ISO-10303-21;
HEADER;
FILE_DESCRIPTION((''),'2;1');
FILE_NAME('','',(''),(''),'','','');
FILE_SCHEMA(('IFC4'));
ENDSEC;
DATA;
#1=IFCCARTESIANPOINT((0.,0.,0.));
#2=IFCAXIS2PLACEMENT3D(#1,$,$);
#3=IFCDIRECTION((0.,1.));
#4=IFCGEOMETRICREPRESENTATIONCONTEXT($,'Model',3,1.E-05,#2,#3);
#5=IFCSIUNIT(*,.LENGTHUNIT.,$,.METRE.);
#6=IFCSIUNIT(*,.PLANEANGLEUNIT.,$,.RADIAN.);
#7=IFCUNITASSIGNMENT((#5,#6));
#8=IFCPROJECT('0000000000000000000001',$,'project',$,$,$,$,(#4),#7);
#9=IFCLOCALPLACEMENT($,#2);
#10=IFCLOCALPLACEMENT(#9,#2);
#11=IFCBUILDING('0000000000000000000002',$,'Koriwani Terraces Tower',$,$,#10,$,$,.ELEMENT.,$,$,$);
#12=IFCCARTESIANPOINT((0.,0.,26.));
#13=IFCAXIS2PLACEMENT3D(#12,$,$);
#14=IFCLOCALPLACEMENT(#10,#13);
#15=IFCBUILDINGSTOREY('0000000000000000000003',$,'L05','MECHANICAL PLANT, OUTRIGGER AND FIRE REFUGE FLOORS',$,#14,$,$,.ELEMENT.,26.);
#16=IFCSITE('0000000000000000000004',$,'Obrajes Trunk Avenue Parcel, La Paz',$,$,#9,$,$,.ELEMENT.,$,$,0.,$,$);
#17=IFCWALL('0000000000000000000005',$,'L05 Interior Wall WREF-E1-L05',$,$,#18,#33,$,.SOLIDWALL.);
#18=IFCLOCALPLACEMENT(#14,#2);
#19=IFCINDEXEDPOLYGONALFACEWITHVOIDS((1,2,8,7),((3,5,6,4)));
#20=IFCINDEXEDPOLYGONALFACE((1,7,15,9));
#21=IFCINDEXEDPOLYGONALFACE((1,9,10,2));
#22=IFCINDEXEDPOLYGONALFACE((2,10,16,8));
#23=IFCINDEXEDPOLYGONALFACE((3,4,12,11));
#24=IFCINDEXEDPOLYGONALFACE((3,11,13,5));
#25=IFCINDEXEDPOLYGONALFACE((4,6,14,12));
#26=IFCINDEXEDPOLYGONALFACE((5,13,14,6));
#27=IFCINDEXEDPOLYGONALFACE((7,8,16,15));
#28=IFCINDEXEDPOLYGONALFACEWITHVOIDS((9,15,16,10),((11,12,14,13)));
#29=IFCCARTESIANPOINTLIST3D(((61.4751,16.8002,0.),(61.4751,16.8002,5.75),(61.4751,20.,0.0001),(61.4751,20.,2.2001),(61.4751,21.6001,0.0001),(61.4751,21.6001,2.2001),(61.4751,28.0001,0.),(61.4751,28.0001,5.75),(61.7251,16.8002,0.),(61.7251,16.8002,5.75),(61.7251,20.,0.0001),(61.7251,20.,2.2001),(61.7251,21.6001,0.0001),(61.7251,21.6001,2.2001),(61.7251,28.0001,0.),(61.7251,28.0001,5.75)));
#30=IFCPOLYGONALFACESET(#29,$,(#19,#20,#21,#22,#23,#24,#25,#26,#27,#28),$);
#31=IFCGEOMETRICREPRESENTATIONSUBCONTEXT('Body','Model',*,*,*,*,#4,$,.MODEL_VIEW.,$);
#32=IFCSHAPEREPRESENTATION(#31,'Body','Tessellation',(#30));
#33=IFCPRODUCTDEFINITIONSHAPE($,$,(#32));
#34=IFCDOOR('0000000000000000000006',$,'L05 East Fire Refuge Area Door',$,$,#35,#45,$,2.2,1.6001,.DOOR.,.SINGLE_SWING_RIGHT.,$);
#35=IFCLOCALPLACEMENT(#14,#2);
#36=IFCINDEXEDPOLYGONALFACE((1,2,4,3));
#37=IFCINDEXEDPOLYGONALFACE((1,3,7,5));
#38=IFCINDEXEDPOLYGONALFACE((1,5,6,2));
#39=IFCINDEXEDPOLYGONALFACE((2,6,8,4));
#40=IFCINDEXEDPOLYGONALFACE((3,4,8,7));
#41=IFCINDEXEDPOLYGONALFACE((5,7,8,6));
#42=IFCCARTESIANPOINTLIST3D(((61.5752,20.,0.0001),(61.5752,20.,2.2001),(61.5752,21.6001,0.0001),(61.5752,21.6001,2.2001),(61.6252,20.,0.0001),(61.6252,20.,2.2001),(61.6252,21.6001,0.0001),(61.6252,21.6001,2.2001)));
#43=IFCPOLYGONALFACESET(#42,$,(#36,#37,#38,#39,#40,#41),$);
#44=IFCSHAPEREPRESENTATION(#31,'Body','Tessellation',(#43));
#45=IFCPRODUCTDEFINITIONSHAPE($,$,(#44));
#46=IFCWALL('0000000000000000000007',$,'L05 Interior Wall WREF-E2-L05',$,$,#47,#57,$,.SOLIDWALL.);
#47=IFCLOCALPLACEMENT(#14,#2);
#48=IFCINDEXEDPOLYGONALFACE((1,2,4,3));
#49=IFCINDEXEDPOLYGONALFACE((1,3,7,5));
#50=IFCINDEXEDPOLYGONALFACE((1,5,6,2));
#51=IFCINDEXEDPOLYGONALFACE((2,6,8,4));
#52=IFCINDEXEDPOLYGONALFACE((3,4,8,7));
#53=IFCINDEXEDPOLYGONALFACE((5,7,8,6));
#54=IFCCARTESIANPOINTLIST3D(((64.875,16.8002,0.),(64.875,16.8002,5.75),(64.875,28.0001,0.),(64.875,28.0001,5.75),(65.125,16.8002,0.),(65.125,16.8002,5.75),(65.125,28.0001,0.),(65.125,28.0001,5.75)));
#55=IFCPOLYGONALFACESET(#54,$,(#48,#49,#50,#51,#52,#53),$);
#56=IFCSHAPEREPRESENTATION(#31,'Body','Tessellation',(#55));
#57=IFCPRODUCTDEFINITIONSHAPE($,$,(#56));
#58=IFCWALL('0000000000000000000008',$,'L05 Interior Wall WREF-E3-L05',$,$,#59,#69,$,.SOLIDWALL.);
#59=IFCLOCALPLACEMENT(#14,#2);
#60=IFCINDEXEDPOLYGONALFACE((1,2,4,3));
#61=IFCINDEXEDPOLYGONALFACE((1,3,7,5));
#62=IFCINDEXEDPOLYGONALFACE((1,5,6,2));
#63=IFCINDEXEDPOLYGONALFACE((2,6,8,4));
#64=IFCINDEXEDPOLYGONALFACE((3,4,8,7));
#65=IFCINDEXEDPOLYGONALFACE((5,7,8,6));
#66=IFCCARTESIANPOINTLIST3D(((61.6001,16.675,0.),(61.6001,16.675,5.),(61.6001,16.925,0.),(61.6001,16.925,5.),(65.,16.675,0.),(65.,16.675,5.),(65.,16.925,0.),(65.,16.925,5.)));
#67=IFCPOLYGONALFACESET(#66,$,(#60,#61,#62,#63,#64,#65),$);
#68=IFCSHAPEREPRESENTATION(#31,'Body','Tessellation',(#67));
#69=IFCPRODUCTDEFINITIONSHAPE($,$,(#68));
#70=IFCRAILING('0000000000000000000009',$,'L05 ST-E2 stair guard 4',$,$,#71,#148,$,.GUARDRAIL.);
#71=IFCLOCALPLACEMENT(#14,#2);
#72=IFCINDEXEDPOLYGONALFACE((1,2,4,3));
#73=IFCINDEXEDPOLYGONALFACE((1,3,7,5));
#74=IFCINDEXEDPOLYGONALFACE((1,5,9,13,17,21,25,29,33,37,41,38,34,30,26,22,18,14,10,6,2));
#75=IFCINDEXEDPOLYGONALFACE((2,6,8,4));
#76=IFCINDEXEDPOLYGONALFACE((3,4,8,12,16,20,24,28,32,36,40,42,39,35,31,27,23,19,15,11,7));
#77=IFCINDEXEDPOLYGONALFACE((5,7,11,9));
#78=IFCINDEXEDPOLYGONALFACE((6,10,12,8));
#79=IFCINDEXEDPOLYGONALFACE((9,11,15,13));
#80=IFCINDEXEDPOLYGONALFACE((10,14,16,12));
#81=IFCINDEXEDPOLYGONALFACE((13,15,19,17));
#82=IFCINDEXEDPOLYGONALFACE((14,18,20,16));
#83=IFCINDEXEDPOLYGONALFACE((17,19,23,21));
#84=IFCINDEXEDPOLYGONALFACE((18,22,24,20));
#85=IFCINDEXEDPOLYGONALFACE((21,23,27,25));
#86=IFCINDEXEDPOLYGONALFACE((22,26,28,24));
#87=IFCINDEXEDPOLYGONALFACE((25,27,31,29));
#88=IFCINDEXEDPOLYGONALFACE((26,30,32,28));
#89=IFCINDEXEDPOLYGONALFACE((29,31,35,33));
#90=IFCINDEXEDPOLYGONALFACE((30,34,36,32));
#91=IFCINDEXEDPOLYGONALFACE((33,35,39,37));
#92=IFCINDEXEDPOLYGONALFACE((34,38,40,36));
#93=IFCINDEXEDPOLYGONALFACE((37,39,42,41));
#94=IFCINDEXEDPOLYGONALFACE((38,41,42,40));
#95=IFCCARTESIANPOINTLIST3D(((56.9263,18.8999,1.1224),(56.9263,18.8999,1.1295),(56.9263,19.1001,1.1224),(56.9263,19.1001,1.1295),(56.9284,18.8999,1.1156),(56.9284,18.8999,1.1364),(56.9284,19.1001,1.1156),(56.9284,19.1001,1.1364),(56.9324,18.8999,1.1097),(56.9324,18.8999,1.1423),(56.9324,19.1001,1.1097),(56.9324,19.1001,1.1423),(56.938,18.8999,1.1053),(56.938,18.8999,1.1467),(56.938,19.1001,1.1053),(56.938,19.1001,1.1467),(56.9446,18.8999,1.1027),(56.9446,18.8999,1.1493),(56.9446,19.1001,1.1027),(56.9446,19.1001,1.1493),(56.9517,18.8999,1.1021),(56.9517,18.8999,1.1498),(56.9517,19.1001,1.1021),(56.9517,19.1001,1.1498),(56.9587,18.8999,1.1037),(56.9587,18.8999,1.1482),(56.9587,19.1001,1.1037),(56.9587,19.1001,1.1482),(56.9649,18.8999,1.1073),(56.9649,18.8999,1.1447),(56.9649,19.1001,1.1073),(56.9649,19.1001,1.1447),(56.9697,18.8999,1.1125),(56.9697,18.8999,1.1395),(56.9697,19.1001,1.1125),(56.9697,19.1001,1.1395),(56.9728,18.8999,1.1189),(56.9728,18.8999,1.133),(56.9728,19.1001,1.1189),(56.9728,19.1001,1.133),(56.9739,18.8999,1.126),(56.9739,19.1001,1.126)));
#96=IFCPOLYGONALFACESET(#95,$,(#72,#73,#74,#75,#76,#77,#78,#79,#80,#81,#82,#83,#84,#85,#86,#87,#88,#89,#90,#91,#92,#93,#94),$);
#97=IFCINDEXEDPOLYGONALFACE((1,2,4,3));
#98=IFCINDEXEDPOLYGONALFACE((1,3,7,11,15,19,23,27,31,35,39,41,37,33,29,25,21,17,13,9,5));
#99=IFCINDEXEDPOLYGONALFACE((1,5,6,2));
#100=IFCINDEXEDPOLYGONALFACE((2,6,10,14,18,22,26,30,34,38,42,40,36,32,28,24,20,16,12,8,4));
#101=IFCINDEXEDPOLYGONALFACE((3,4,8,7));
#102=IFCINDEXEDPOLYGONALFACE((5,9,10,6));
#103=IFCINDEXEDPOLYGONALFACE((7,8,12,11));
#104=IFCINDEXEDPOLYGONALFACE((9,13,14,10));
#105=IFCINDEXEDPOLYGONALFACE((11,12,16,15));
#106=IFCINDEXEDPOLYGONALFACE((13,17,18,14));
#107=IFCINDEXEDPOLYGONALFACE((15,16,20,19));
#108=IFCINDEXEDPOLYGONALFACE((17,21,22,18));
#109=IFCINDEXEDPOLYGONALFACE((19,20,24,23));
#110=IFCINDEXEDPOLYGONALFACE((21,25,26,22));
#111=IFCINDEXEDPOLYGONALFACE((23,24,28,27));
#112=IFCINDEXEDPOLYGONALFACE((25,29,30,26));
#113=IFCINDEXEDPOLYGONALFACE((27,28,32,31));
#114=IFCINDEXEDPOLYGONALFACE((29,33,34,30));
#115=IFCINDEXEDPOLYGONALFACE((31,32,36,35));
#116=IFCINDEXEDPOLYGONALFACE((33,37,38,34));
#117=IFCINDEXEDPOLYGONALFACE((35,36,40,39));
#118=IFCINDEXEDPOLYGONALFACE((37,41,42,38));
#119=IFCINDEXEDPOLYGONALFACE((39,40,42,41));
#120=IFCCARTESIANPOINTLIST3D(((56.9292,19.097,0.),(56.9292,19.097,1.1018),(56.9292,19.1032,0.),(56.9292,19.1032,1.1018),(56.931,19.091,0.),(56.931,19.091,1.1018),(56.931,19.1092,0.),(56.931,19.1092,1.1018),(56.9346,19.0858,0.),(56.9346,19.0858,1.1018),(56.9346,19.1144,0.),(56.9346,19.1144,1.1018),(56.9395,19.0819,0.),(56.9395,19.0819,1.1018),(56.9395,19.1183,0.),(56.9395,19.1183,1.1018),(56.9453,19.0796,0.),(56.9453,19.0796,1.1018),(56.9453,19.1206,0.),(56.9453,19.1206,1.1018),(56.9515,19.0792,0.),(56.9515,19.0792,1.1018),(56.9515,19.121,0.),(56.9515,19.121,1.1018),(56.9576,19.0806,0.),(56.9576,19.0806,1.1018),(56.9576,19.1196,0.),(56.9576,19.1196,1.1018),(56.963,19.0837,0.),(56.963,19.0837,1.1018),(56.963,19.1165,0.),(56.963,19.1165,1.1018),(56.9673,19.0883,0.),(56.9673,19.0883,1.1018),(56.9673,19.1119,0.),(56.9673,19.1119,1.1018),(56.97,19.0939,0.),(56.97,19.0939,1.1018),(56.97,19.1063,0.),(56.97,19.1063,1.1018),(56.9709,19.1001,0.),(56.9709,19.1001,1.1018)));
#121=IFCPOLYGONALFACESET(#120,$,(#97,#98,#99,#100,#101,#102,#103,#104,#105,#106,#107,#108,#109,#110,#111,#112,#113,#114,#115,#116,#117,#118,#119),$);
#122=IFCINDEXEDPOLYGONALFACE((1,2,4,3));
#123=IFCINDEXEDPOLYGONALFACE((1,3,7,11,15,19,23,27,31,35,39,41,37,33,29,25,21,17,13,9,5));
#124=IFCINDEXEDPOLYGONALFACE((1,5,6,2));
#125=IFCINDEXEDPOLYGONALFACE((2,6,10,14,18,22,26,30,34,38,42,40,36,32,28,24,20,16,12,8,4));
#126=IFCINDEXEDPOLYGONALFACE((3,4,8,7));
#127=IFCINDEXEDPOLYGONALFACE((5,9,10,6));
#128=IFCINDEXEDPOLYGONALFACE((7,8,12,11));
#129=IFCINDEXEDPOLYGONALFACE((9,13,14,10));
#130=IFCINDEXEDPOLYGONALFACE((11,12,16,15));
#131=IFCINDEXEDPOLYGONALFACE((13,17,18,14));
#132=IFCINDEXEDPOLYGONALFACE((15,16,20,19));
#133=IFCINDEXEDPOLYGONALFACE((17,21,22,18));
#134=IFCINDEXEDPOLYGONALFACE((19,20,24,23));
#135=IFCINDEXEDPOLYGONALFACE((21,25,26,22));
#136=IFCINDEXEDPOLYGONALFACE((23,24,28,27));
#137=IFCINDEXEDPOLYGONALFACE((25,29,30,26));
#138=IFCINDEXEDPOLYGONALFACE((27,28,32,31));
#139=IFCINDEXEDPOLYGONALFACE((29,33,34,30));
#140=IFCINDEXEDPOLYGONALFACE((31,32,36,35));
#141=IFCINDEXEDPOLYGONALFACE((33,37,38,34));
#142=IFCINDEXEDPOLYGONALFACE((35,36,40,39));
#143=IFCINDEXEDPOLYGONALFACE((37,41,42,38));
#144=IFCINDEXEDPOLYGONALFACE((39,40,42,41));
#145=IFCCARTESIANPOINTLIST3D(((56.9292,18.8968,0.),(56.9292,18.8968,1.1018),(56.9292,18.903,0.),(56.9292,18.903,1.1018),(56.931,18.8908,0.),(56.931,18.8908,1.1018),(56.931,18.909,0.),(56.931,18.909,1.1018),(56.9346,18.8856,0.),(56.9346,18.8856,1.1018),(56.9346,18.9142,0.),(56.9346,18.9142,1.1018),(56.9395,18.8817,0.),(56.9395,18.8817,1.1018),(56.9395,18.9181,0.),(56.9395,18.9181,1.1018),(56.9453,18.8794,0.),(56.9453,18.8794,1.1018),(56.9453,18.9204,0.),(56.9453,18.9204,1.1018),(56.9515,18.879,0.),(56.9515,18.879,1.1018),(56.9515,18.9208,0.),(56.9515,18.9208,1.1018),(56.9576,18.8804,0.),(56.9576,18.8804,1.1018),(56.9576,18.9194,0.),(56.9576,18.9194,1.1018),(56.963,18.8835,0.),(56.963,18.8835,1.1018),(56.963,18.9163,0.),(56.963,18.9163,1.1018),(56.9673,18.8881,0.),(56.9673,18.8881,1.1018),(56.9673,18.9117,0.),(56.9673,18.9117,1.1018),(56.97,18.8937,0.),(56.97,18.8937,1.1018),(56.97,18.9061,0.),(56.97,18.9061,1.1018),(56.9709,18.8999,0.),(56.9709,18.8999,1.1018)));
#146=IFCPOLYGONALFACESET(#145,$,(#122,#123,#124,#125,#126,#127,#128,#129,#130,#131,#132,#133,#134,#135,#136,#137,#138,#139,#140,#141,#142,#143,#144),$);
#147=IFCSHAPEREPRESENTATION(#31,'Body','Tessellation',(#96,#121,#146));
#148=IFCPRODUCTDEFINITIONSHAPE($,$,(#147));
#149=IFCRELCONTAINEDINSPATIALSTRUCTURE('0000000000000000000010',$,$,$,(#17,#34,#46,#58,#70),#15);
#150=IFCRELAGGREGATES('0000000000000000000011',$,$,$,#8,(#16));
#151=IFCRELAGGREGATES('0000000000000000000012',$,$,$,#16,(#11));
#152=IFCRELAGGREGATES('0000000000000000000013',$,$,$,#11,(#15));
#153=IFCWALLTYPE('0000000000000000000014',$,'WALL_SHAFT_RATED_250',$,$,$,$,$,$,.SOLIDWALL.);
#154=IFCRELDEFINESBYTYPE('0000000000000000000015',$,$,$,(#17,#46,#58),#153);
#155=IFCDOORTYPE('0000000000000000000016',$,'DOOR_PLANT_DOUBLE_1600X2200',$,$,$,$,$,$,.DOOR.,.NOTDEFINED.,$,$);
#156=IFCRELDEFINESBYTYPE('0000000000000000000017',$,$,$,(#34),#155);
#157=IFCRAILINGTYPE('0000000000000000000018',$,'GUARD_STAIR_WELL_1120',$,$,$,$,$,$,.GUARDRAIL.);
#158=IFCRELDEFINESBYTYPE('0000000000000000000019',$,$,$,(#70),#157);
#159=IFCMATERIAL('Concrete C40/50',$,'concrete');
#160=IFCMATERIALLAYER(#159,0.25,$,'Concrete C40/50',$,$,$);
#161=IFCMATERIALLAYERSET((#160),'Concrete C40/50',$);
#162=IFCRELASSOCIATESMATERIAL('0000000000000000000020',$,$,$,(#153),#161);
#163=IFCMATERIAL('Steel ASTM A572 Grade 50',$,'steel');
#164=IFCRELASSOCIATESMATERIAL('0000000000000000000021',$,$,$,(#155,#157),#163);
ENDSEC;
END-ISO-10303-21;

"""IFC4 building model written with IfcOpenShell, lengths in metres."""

from ifc_helpers import new_model, si_unit, direction, frame, frame_2d, origin, origin_2d, place, context, subcontext, project, spatial, rectangle, circle, extrude, material, layer, layer_set, type_object, element, fill, save


model = new_model("IFC4")

# Units and contexts
model_context = context("Model", 3, precision=1e-05, world=origin(), true_north=direction((0.0, 1.0)))
body_context = subcontext(model_context, "Body", "Model", "MODEL_VIEW")
ifc_project = project(units=[si_unit("LENGTHUNIT", "METRE"), si_unit("PLANEANGLEUNIT", "RADIAN")], contexts=[model_context])

# Site, building, storey
site_placement = place(None, origin())
site = spatial("IfcSite", under=ifc_project, at=site_placement, Name="Obrajes Trunk Avenue Parcel, La Paz", CompositionType="ELEMENT", RefElevation=0.0)
building_placement = place(site_placement, origin())
building = spatial("IfcBuilding", under=site, at=building_placement, Name="Koriwani Terraces Tower", CompositionType="ELEMENT")
storey_placement = place(building_placement, frame((0.0, 0.0, 26.0)))
storey = spatial("IfcBuildingStorey", under=building, at=storey_placement, Name="L05", Description="MECHANICAL PLANT, OUTRIGGER AND FIRE REFUGE FLOORS", CompositionType="ELEMENT", Elevation=26.0)

# Shared definitions
ifc_material_1 = material(Name="Concrete C40/50", Category="concrete")

# Shared definitions
ifc_material_2 = material(Name="Steel ASTM A572 Grade 50", Category="steel")

# Wall, opening, door
ifc_layer_1 = layer(ifc_material_1, 0.25, Name="Concrete C40/50")
ifc_layer_set_1 = layer_set([ifc_layer_1], Name="Concrete C40/50")
wall_type_1 = type_object("IfcWallType", Name="WALL_SHAFT_RATED_250", PredefinedType="SOLIDWALL", material=ifc_layer_set_1)
wall_1_placement = place(storey_placement, frame((61.6001, 16.8, 0.0), z_axis=(0.0, 0.0, 1.0), x_axis=(0.0, 1.0, 0.0)))
wall_1 = element("IfcWall", 1, at=wall_1_placement, inside=storey, type_object=wall_type_1, Name="L05 Interior Wall WREF-E1-L05", PredefinedType="SOLIDWALL", context=body_context, shape_type="SweptSolid", body=[
    extrude(rectangle(XDim=11.2, YDim=0.25, at=frame_2d((5.6001, 0.0))), origin(), (0.0, 0.0, 1.0), 5.75),
])
opening_1_placement = place(wall_1_placement, frame((3.2, 0.0, 0.0)))
opening_1 = element("IfcOpeningElement", 2, at=opening_1_placement, cuts=wall_1, PredefinedType="OPENING", context=body_context, shape_type="SweptSolid", body=[
    extrude(rectangle(XDim=1.6001, YDim=2.2, at=frame_2d((0.8, 1.1001))), frame((0.0, 0.135, 0.0), z_axis=(0.0, -1.0, 0.0), x_axis=(1.0, 0.0, 0.0)), (0.0, 0.0, 1.0), 0.27),
])
door_type_1 = type_object("IfcDoorType", Name="DOOR_PLANT_DOUBLE_1600X2200", OperationType="NOTDEFINED", PredefinedType="DOOR", material=ifc_material_2)
door_1_placement = place(opening_1_placement, origin())
door_1 = element("IfcDoor", 3, at=door_1_placement, inside=storey, type_object=door_type_1, Name="L05 East Fire Refuge Area Door", OperationType="SINGLE_SWING_RIGHT", OverallHeight=2.2, OverallWidth=1.6001, PredefinedType="DOOR", context=body_context, shape_type="SweptSolid", body=[
    extrude(rectangle(XDim=1.6001, YDim=2.2, at=frame_2d((0.8, 1.1001))), frame((0.0, 0.0249, 0.0), z_axis=(0.0, -1.0, 0.0), x_axis=(1.0, 0.0, 0.0)), (0.0, 0.0, 1.0), 0.05),
])
fill(opening_1, door_1)

# Walls
wall_2_placement = place(storey_placement, frame((65.0, 16.8, 0.0), z_axis=(0.0, 0.0, 1.0), x_axis=(0.0, 1.0, 0.0)))
element("IfcWall", 4, at=wall_2_placement, inside=storey, type_object=wall_type_1, Name="L05 Interior Wall WREF-E2-L05", PredefinedType="SOLIDWALL", context=body_context, shape_type="SweptSolid", body=[
    extrude(rectangle(XDim=11.2, YDim=0.25, at=frame_2d((5.6001, 0.0))), origin(), (0.0, 0.0, 1.0), 5.75),
])
wall_3_placement = place(storey_placement, frame((61.6001, 16.8, 0.0), z_axis=(0.0, 0.0, 1.0), x_axis=(1.0, 0.0, 0.0)))
element("IfcWall", 5, at=wall_3_placement, inside=storey, type_object=wall_type_1, Name="L05 Interior Wall WREF-E3-L05", PredefinedType="SOLIDWALL", context=body_context, shape_type="SweptSolid", body=[
    extrude(rectangle(XDim=3.3999, YDim=0.25, at=frame_2d((1.7, 0.0))), origin(), (0.0, 0.0, 1.0), 5.0),
])

# Railing
railing_type = type_object("IfcRailingType", Name="GUARD_STAIR_WELL_1120", PredefinedType="GUARDRAIL", material=ifc_material_2)
railing_placement = place(storey_placement, frame((56.95, 19.1001, 0.0)))
element("IfcRailing", 6, at=railing_placement, inside=storey, type_object=railing_type, Name="L05 ST-E2 stair guard 4", PredefinedType="GUARDRAIL", context=body_context, shape_type="SweptSolid", body=[
    extrude(circle(Radius=0.0239, at=origin_2d()), frame((0.0, 0.0, 1.126), z_axis=(0.0, -1.0, 0.0), x_axis=(1.0, 0.0, 0.0)), (0.0, 0.0, 1.0), 0.2002),
    extrude(circle(Radius=0.021, at=origin_2d()), origin(), (0.0, 0.0, 1.0), 1.1018),
    extrude(circle(Radius=0.021, at=origin_2d()), frame((0.0, -0.2002, 0.0)), (0.0, 0.0, 1.0), 1.1018),
])

save(model, "model.ifc")
